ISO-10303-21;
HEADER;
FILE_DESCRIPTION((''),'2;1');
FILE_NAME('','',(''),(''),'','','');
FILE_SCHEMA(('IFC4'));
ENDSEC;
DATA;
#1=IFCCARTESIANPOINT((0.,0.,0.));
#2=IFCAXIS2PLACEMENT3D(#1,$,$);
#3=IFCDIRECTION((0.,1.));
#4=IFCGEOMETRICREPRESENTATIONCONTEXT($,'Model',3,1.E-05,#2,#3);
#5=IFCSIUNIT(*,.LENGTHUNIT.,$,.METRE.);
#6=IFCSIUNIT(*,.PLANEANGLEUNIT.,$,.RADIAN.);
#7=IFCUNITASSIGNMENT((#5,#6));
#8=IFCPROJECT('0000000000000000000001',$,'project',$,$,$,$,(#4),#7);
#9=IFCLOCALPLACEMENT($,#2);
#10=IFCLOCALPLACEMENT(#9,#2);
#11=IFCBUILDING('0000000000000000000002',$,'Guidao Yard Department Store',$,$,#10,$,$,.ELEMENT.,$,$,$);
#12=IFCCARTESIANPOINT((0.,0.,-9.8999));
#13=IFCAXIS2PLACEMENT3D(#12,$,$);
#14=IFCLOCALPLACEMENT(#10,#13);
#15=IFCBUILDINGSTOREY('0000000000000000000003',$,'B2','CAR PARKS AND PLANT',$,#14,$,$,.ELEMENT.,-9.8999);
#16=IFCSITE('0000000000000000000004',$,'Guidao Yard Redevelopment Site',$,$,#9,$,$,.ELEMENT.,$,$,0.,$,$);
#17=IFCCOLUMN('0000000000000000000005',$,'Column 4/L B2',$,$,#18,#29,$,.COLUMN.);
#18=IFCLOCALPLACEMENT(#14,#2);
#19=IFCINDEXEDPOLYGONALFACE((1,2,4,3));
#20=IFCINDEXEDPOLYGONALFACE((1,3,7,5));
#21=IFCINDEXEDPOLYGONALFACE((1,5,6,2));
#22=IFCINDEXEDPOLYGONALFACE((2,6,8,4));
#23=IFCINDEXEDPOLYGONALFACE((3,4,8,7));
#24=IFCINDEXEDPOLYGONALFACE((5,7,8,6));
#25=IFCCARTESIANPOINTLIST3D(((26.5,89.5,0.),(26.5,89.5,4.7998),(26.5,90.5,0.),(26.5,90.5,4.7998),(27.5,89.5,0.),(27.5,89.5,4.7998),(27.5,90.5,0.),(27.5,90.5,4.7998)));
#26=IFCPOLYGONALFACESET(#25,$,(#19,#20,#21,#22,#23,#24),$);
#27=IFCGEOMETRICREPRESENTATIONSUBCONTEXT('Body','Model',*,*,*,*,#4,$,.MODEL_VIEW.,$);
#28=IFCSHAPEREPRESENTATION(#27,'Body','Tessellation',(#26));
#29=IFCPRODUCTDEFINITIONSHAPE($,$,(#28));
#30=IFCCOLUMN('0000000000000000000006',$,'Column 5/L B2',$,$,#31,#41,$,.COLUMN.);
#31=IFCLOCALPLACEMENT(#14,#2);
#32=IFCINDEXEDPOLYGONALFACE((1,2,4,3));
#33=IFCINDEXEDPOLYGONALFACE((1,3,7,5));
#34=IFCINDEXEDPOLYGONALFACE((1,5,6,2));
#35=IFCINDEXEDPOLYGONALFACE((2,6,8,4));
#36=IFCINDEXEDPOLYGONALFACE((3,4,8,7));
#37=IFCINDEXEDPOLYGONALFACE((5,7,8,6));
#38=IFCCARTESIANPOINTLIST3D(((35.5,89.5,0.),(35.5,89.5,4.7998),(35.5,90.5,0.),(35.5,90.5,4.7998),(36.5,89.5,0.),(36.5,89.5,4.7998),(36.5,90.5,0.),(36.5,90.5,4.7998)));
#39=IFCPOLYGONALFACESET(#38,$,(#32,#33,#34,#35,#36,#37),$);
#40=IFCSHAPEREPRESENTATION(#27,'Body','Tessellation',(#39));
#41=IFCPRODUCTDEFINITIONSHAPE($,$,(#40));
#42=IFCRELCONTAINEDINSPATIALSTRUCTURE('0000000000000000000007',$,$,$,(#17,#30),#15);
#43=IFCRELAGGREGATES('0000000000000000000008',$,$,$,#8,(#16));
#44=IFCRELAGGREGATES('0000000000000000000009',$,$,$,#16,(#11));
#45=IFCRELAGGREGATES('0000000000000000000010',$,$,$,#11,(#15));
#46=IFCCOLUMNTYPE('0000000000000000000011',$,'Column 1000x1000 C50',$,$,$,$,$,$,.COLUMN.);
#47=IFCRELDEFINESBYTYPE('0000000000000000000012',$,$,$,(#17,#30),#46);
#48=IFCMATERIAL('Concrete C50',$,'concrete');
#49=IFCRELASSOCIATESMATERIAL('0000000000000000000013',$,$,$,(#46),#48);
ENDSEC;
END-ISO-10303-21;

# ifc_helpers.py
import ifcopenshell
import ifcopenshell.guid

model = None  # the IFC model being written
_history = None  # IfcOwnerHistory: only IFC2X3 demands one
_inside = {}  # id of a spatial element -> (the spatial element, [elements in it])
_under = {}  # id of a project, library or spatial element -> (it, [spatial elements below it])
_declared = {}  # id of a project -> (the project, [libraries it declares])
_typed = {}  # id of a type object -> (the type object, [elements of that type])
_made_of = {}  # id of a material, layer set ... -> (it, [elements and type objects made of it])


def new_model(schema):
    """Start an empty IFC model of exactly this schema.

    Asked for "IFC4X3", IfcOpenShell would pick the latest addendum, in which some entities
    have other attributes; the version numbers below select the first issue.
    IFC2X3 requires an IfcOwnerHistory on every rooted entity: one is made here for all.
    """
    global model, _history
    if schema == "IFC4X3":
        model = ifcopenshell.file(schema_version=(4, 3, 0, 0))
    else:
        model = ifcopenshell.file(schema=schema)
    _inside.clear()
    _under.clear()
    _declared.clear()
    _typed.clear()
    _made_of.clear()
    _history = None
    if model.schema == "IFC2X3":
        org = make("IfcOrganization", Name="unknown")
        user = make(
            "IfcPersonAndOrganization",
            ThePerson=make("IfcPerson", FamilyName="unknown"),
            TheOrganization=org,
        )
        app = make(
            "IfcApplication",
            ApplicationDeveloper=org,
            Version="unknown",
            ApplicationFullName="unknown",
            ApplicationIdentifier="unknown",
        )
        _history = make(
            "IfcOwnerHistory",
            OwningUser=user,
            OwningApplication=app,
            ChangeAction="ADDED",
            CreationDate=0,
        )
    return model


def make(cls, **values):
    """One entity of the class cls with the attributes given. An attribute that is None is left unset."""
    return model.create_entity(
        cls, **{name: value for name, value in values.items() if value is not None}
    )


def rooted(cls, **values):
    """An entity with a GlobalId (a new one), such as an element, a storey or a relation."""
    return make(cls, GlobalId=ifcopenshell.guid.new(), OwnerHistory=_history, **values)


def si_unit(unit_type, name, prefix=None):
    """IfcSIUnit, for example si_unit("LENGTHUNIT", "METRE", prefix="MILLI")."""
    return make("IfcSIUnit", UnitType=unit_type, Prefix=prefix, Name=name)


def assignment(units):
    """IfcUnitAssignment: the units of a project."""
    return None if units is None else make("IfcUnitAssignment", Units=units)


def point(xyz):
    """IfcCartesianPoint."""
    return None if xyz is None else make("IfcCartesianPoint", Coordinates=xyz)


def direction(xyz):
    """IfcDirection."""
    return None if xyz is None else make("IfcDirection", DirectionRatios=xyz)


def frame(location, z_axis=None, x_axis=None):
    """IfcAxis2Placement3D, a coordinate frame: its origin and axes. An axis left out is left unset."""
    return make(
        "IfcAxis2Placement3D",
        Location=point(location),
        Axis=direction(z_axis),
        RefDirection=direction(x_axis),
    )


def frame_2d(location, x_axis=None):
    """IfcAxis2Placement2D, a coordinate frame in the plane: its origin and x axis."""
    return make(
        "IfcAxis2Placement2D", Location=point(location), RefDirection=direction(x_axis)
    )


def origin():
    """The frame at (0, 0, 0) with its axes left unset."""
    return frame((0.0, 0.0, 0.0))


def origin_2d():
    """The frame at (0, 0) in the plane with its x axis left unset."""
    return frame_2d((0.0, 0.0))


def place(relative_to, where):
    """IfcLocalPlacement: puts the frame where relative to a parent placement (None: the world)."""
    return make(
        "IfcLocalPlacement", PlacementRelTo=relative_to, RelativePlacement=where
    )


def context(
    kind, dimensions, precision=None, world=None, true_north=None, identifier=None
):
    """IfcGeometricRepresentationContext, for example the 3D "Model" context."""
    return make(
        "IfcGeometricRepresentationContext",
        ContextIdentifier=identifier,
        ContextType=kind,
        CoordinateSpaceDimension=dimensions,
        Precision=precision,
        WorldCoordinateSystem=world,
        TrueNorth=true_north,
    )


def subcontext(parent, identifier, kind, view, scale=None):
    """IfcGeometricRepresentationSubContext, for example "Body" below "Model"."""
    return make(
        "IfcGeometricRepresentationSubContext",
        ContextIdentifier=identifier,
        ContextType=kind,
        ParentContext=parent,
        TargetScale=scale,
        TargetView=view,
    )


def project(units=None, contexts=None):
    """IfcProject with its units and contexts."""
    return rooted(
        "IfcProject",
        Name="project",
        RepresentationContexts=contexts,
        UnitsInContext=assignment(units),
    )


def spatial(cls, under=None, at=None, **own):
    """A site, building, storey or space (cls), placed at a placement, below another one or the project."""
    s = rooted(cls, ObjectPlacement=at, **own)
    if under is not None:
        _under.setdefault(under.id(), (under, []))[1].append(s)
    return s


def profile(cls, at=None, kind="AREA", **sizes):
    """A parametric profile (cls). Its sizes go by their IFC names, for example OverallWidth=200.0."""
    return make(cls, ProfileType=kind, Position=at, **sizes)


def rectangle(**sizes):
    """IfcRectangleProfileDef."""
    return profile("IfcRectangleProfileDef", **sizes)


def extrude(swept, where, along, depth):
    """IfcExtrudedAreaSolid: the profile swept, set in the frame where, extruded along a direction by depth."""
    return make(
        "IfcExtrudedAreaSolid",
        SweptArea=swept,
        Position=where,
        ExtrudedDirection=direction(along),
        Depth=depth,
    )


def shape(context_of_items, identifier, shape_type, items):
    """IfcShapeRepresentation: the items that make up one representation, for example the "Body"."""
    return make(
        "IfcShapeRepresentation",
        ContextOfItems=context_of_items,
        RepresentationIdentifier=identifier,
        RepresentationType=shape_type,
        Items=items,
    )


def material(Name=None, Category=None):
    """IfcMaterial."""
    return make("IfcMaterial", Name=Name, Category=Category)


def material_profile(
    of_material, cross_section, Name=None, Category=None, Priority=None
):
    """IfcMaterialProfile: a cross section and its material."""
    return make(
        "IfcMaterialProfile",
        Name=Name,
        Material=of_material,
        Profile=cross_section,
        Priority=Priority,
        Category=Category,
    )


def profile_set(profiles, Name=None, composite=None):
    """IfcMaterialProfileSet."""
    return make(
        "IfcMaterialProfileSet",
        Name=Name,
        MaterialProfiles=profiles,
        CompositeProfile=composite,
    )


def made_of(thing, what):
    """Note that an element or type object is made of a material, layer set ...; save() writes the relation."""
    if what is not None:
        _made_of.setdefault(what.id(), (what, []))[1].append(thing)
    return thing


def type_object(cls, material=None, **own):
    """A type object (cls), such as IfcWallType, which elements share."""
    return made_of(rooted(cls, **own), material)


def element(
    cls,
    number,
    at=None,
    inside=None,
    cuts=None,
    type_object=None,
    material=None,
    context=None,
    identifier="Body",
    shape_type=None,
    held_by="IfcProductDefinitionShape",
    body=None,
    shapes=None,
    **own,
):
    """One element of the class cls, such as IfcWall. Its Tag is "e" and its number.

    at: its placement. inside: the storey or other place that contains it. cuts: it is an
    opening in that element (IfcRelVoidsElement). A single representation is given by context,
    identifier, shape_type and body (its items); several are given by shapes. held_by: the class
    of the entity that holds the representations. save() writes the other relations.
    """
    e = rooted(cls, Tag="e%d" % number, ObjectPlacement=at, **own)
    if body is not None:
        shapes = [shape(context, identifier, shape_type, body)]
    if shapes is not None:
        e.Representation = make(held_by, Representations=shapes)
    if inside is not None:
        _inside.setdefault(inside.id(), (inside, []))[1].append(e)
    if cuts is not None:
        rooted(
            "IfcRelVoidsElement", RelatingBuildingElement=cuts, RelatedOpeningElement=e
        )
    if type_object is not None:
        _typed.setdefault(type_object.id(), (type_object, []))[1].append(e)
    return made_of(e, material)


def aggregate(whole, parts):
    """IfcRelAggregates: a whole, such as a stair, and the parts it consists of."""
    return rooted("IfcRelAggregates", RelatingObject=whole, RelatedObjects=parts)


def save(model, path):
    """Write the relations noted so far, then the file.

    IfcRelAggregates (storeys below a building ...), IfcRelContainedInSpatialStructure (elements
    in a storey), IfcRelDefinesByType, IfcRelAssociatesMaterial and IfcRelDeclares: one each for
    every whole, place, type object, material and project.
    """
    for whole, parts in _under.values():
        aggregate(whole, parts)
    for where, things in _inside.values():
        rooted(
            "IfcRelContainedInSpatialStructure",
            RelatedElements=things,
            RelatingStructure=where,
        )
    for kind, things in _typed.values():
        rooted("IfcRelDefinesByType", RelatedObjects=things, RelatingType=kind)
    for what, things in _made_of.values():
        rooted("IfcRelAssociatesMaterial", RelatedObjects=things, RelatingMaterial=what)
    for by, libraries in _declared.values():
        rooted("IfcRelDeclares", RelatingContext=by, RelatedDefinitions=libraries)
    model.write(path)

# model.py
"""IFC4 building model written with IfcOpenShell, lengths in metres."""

from ifc_helpers import new_model, si_unit, direction, frame, origin, origin_2d, place, context, subcontext, project, spatial, rectangle, extrude, material, material_profile, profile_set, type_object, element, save


model = new_model("IFC4")

# Units and contexts
model_context = context("Model", 3, precision=1e-05, world=origin(), true_north=direction((0.0, 1.0)))
body_context = subcontext(model_context, "Body", "Model", "MODEL_VIEW")
ifc_project = project(units=[si_unit("LENGTHUNIT", "METRE"), si_unit("PLANEANGLEUNIT", "RADIAN")], contexts=[model_context])

# Site, building, storey
site_placement = place(None, origin())
site = spatial("IfcSite", under=ifc_project, at=site_placement, Name="Guidao Yard Redevelopment Site", CompositionType="ELEMENT", RefElevation=0.0)
building_placement = place(site_placement, origin())
building = spatial("IfcBuilding", under=site, at=building_placement, Name="Guidao Yard Department Store", CompositionType="ELEMENT")
storey_placement = place(building_placement, frame((0.0, 0.0, -9.8999)))
storey = spatial("IfcBuildingStorey", under=building, at=storey_placement, Name="B2", Description="CAR PARKS AND PLANT", CompositionType="ELEMENT", Elevation=-9.8999)

# Columns
ifc_material_1 = material(Name="Concrete C50", Category="concrete")
ifc_material_profile_1 = material_profile(ifc_material_1, rectangle(XDim=1.0, YDim=1.0, at=origin_2d()), Name="COL 1000x1000")
ifc_profile_set_1 = profile_set([ifc_material_profile_1], Name="Concrete C50")
column_type = type_object("IfcColumnType", Name="Column 1000x1000 C50", PredefinedType="COLUMN", material=ifc_profile_set_1)
for number, where, z_axis, x_axis, name in (
    (1, (27.0, 90.0, 0.0), (0.0, 0.0, 1.0), (1.0, 0.0, 0.0), "Column 4/L B2"),
    (2, (36.0, 90.0, 0.0), (0.0, 0.0, 1.0), (1.0, 0.0, 0.0), "Column 5/L B2"),
):
    element("IfcColumn", number, at=place(storey_placement, frame(where, z_axis=z_axis, x_axis=x_axis)), inside=storey, type_object=column_type, Name=name, PredefinedType="COLUMN", context=body_context, shape_type="SweptSolid", body=[
        extrude(rectangle(XDim=1.0, YDim=1.0, at=origin_2d()), origin(), (0.0, 0.0, 1.0), 4.7998),
    ])

save(model, "model.ifc")
